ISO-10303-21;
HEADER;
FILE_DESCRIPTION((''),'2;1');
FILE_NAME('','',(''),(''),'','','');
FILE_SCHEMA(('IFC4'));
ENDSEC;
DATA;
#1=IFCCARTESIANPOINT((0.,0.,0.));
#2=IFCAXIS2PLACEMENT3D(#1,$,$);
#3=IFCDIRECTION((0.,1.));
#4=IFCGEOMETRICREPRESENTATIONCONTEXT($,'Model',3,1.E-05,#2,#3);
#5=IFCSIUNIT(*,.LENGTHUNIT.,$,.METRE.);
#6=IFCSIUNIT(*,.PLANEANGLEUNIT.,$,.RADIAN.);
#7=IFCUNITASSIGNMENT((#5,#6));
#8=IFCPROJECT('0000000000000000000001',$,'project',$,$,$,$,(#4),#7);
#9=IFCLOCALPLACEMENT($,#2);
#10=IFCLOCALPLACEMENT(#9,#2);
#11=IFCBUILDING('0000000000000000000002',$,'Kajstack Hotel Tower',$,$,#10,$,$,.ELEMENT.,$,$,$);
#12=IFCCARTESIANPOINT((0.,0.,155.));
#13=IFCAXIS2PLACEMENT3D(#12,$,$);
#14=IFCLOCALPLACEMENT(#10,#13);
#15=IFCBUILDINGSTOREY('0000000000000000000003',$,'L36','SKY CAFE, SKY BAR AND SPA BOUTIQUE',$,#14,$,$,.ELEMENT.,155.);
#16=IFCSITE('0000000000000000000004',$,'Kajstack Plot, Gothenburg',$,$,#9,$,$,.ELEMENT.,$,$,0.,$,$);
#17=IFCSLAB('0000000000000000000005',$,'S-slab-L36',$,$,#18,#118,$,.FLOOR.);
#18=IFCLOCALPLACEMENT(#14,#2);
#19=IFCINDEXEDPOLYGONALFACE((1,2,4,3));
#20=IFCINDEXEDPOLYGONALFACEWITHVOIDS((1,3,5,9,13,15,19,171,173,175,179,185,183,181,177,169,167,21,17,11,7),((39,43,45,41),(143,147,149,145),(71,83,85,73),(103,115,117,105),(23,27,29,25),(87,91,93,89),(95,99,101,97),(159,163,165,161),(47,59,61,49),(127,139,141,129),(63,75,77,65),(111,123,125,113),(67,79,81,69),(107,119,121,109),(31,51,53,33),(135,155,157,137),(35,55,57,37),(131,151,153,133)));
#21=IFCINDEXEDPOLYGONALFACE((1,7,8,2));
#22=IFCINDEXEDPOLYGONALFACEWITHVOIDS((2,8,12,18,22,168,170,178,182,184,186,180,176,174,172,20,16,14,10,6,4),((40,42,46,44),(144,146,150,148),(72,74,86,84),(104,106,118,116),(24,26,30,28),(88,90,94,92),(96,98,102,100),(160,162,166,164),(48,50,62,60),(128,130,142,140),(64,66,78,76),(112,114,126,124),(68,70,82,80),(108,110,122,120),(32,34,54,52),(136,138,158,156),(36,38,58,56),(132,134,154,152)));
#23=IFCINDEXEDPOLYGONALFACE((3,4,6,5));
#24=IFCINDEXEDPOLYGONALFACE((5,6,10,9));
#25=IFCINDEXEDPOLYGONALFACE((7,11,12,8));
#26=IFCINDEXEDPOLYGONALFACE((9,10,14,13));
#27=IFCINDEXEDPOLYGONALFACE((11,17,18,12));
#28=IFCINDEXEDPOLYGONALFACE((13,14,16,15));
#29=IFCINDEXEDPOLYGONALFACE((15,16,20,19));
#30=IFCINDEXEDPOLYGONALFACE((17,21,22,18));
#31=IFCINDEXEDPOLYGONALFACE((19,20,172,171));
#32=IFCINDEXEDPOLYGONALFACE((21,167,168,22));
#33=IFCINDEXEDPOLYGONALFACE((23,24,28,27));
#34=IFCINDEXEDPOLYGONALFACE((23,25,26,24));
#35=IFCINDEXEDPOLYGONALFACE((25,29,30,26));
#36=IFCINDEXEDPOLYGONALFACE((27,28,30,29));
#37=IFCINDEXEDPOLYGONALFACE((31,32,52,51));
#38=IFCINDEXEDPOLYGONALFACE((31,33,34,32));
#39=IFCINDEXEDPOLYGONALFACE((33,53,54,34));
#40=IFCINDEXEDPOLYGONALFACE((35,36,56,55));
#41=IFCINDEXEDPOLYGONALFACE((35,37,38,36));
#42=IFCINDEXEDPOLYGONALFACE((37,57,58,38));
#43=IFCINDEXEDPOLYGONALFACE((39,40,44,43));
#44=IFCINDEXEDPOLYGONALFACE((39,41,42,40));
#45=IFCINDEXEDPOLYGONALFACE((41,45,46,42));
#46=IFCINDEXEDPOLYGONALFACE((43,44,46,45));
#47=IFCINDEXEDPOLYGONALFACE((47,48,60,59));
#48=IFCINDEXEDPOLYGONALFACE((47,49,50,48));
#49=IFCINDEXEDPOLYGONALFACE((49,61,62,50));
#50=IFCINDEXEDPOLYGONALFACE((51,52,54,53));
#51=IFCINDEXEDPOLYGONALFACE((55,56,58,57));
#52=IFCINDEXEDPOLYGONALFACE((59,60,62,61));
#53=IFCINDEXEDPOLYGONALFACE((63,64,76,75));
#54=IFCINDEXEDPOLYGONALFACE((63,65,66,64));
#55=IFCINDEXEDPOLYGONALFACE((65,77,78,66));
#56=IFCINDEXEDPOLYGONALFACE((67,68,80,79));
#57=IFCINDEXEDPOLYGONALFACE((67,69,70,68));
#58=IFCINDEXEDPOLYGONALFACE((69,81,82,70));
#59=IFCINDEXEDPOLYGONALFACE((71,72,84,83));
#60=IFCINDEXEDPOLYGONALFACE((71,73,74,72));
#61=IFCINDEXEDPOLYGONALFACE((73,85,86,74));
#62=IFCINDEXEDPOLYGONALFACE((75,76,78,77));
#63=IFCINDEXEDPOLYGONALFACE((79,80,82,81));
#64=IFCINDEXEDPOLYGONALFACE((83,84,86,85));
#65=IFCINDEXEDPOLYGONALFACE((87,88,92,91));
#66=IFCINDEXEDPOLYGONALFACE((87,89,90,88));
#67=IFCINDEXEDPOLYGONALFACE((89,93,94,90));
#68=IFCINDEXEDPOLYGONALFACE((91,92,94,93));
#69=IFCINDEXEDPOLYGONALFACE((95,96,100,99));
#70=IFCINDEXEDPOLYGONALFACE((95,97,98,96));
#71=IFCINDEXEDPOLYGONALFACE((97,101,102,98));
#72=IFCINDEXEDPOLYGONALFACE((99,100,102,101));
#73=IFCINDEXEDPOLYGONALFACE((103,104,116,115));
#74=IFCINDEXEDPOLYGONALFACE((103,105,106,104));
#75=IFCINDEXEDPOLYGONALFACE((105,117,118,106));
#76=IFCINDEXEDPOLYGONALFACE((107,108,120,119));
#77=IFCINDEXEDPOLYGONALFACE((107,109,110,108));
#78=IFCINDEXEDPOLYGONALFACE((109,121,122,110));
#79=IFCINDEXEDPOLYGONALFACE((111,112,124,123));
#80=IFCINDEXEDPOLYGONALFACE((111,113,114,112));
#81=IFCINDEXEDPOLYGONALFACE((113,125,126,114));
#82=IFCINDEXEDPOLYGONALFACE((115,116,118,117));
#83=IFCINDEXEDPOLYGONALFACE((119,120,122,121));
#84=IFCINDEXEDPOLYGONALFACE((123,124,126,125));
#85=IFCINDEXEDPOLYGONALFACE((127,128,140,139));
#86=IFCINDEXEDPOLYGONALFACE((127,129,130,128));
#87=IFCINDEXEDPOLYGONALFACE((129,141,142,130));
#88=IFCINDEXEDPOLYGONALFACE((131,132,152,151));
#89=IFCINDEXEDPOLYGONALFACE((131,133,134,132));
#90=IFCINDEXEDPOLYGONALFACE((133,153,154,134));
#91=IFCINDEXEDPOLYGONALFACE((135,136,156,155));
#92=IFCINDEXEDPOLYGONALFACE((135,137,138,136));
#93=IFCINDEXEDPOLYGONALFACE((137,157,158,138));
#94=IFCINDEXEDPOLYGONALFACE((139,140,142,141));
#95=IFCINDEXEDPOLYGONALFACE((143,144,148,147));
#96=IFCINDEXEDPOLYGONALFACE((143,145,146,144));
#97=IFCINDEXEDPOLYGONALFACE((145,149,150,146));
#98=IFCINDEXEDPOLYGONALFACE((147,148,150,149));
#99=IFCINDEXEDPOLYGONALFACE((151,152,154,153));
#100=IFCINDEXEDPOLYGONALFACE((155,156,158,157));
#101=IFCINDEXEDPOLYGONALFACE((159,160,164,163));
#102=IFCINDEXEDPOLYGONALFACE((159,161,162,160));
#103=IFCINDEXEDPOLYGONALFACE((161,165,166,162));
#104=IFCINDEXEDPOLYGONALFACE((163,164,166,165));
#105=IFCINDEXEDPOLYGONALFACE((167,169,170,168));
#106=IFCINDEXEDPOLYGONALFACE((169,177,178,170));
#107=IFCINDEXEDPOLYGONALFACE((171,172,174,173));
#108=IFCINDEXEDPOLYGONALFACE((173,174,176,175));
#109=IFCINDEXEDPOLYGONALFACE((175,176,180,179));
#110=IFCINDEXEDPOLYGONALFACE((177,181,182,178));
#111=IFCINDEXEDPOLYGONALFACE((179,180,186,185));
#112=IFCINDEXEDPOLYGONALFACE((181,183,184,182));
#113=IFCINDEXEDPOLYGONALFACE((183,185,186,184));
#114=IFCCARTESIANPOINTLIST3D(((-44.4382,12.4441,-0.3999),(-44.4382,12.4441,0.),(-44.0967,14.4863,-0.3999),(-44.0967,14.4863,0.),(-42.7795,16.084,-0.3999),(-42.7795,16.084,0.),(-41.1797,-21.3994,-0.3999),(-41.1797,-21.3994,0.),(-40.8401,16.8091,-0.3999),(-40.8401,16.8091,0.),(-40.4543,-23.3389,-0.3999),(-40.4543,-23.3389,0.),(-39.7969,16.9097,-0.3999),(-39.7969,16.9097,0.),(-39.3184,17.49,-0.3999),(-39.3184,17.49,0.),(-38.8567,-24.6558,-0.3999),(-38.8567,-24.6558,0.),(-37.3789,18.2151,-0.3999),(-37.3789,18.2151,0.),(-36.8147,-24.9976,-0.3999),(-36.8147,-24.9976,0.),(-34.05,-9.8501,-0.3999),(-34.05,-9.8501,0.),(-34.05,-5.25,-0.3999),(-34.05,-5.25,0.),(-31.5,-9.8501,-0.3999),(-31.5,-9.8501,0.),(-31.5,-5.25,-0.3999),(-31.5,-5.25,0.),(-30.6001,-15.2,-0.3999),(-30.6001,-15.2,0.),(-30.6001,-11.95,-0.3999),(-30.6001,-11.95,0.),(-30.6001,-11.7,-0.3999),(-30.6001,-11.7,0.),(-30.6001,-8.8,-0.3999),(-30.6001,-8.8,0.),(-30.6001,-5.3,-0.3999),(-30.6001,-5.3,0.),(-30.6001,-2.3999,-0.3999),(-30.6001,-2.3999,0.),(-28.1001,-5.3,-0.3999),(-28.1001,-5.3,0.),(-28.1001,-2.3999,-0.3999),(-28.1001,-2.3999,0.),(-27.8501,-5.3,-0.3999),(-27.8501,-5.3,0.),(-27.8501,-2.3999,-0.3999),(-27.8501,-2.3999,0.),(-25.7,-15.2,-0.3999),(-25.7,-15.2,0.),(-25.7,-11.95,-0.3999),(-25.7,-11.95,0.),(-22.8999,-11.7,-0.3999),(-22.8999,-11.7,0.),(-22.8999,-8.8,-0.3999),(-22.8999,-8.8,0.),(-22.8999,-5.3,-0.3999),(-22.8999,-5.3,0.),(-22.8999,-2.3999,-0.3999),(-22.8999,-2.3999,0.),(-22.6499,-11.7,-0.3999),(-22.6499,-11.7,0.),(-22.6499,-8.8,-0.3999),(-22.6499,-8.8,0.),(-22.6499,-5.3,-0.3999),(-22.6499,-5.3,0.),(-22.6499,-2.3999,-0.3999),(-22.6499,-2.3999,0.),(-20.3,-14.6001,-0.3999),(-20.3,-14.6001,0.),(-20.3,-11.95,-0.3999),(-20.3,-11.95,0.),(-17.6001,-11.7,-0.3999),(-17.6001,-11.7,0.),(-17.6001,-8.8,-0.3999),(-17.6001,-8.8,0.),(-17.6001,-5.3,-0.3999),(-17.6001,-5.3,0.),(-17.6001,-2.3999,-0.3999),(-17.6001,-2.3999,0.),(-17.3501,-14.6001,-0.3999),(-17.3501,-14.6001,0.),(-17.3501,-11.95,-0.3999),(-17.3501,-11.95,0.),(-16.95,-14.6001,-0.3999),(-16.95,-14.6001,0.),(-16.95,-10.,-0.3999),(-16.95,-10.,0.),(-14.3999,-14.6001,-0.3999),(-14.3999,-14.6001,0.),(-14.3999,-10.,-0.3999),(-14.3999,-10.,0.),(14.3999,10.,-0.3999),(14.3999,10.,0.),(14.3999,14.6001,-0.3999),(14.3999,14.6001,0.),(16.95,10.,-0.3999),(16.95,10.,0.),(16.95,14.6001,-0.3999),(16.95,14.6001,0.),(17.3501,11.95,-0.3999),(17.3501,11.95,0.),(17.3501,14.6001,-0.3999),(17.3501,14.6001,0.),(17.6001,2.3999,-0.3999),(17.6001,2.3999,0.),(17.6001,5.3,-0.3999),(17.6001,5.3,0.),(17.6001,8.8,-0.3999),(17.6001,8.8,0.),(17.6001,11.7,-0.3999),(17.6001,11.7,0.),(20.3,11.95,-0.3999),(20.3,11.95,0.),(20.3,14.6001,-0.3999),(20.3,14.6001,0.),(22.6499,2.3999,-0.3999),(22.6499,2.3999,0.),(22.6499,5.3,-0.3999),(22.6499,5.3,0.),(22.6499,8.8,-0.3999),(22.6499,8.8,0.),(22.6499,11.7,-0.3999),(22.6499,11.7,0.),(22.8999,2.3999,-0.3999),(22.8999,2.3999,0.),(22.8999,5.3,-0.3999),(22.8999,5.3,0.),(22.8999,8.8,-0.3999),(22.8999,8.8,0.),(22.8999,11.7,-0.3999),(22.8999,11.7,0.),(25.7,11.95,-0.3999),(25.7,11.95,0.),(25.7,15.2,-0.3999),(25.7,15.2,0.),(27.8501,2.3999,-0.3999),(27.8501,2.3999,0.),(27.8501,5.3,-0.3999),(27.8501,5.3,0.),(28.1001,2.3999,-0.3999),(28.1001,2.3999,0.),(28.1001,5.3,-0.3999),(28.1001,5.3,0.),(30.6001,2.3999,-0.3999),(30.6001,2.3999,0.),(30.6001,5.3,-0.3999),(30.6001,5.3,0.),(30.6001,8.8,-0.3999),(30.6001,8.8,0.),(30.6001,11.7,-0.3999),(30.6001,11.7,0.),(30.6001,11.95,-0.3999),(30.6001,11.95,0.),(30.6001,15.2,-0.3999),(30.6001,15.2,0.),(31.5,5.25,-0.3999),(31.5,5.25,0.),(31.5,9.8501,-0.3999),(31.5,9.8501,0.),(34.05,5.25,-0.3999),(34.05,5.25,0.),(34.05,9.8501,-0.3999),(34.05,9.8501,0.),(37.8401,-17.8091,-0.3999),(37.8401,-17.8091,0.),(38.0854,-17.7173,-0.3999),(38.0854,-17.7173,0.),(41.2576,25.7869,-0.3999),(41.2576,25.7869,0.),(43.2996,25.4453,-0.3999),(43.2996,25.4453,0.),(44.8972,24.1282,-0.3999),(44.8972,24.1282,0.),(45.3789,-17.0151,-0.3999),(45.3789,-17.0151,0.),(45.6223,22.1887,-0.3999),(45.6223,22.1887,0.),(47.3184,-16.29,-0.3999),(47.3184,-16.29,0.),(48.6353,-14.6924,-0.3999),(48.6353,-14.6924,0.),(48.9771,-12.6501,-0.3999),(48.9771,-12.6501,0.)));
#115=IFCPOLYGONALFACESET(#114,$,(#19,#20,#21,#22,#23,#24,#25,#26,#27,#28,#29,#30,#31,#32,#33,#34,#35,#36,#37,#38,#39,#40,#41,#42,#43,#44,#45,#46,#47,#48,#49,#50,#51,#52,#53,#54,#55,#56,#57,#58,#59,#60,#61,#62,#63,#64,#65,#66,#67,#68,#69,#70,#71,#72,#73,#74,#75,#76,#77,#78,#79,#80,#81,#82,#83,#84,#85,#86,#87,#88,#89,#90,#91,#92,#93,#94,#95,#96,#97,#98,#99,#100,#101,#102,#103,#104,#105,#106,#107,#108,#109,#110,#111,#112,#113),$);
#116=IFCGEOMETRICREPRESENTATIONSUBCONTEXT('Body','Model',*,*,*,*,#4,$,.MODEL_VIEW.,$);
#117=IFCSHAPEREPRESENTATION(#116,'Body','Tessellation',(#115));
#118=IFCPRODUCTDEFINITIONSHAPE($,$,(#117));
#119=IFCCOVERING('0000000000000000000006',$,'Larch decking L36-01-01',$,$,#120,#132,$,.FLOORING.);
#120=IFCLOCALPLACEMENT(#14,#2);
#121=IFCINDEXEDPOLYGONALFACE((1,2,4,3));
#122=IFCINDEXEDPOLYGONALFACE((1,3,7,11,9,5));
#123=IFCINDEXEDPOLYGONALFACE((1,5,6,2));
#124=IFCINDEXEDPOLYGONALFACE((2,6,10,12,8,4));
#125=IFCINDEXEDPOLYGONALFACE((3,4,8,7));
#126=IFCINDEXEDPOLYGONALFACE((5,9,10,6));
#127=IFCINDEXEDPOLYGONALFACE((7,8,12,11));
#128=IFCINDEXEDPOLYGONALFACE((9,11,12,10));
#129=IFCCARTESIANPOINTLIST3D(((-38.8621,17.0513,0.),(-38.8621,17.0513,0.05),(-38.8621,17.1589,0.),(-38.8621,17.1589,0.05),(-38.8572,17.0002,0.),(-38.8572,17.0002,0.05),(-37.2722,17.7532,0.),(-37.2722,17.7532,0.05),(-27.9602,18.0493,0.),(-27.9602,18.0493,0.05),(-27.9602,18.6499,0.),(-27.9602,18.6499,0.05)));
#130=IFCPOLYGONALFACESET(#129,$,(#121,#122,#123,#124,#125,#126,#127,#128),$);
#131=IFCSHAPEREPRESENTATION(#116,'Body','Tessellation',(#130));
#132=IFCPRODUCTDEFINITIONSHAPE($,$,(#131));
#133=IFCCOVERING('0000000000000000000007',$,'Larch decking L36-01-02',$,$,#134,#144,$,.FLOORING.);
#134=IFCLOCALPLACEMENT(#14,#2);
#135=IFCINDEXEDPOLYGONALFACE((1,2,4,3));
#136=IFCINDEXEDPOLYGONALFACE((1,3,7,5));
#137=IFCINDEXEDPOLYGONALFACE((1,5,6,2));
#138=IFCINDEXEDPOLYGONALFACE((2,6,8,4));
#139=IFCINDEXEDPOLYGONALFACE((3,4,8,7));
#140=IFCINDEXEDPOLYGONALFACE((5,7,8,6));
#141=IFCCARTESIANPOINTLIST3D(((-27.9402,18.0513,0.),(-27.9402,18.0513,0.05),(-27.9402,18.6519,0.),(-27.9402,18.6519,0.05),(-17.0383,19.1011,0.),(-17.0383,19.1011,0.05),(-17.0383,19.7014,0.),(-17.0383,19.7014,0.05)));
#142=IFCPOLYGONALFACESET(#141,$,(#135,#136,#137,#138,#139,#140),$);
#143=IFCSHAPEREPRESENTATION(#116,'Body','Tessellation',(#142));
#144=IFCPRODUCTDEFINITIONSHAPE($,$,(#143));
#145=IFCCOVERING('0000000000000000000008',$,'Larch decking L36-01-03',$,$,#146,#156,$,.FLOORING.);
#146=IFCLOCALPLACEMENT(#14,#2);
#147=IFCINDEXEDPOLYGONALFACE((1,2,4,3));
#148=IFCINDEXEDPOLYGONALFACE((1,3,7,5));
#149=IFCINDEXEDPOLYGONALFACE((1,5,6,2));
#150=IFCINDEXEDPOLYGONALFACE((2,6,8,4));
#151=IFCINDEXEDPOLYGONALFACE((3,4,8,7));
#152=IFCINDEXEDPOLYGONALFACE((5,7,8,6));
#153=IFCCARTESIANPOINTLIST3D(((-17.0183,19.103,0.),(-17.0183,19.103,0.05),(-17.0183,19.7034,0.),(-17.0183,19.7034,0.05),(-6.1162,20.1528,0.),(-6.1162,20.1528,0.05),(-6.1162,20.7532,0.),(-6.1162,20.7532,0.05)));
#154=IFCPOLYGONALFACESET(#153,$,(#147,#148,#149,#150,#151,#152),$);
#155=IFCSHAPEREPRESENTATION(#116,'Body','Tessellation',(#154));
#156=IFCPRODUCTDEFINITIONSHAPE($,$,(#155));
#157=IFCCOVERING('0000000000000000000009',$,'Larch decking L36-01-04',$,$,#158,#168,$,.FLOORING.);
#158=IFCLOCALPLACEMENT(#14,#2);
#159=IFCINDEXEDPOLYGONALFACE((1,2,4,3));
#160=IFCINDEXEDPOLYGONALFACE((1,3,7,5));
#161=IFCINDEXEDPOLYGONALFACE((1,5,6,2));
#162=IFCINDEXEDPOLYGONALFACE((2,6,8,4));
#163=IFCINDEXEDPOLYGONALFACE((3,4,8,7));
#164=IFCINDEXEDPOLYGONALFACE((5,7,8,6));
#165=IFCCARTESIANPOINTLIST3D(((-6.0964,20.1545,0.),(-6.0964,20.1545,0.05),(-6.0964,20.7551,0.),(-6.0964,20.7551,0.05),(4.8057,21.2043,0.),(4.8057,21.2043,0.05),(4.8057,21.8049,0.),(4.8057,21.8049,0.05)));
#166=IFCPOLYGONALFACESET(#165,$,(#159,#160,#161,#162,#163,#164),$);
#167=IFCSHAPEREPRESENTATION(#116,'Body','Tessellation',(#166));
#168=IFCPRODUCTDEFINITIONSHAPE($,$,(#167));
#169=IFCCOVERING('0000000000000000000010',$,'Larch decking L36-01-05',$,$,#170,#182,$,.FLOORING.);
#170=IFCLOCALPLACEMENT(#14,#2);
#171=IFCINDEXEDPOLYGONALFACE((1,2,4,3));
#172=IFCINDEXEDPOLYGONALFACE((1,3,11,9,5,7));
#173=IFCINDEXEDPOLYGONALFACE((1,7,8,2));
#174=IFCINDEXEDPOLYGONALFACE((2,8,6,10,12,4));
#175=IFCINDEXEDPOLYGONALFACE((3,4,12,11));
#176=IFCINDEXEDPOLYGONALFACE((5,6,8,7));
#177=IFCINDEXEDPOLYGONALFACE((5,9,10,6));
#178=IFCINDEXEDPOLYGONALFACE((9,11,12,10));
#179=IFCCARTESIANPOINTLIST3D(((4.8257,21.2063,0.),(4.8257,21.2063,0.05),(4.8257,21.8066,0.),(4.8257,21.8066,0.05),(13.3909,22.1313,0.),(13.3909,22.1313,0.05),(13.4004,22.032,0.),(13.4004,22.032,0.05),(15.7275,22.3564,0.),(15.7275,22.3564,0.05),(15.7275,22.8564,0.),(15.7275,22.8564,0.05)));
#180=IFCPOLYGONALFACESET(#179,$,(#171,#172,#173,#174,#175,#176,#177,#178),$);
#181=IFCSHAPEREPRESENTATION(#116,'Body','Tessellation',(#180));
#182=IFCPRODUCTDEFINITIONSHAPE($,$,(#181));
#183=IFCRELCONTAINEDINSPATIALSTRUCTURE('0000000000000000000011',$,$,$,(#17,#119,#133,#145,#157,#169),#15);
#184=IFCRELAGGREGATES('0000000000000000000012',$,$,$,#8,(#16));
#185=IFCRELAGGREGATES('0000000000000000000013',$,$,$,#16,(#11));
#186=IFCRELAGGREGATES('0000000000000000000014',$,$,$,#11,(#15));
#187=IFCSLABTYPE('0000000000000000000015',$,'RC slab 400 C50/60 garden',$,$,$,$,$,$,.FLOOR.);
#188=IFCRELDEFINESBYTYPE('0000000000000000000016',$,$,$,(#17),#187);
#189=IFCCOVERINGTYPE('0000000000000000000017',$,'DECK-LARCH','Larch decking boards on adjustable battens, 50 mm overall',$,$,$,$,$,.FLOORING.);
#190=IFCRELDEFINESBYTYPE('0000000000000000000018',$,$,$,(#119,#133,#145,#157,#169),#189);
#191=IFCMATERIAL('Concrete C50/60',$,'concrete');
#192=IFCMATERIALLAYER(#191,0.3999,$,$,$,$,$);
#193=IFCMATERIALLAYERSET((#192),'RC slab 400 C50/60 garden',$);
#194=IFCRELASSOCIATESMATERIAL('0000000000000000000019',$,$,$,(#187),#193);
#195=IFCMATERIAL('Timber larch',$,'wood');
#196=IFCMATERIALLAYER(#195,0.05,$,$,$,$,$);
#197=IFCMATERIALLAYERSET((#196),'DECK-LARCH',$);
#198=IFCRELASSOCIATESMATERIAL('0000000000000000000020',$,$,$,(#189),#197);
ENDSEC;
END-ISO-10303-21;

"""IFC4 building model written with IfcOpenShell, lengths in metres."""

from ifc_helpers import new_model, si_unit, direction, frame, origin, place, context, subcontext, project, spatial, polyline, outline, extrude, material, layer, layer_set, type_object, element, save


model = new_model("IFC4")

# Units and contexts
model_context = context("Model", 3, precision=1e-05, world=origin(), true_north=direction((0.0, 1.0)))
body_context = subcontext(model_context, "Body", "Model", "MODEL_VIEW")
ifc_project = project(units=[si_unit("LENGTHUNIT", "METRE"), si_unit("PLANEANGLEUNIT", "RADIAN")], contexts=[model_context])

# Site, building, storey
site_placement = place(None, origin())
site = spatial("IfcSite", under=ifc_project, at=site_placement, Name="Kajstack Plot, Gothenburg", CompositionType="ELEMENT", RefElevation=0.0)
building_placement = place(site_placement, origin())
building = spatial("IfcBuilding", under=site, at=building_placement, Name="Kajstack Hotel Tower", CompositionType="ELEMENT")
storey_placement = place(building_placement, frame((0.0, 0.0, 155.0)))
storey = spatial("IfcBuildingStorey", under=building, at=storey_placement, Name="L36", Description="SKY CAFE, SKY BAR AND SPA BOUTIQUE", CompositionType="ELEMENT", Elevation=155.0)

# Shared definitions
ifc_material_1 = material(Name="Concrete C50/60", Category="concrete")

# Slab
ifc_layer_1 = layer(ifc_material_1, 0.3999)
ifc_layer_set_1 = layer_set([ifc_layer_1], Name="RC slab 400 C50/60 garden")
slab_type = type_object("IfcSlabType", Name="RC slab 400 C50/60 garden", PredefinedType="FLOOR", material=ifc_layer_set_1)
slab_placement = place(storey_placement, frame((0.0, 0.0, -0.3999)))
element("IfcSlab", 1, at=slab_placement, inside=storey, type_object=slab_type, Name="S-slab-L36", PredefinedType="FLOOR", context=body_context, shape_type="SweptSolid", body=[
    extrude(outline(polyline([(37.8401, -17.8091), (-36.8147, -24.9976), (-38.8567, -24.6558), (-40.4543, -23.3389), (-41.1797, -21.3994), (-44.4382, 12.4441), (-44.0967, 14.4863), (-42.7795, 16.084), (-40.8401, 16.8091), (-39.7969, 16.9097), (-39.3184, 17.49), (-37.3789, 18.2151), (41.2576, 25.7869), (43.2996, 25.4453), (44.8972, 24.1282), (45.6223, 22.1887), (48.9771, -12.6501), (48.6353, -14.6924), (47.3184, -16.29), (45.3789, -17.0151), (38.0854, -17.7173), (37.8401, -17.8091)]), holes=[polyline([(-30.6001, -11.7), (-30.6001, -8.8), (-22.8999, -8.8), (-22.8999, -11.7), (-30.6001, -11.7)]), polyline([(-22.6499, -11.7), (-22.6499, -8.8), (-17.6001, -8.8), (-17.6001, -11.7), (-22.6499, -11.7)]), polyline([(-27.8501, -5.3), (-27.8501, -2.3999), (-22.8999, -2.3999), (-22.8999, -5.3), (-27.8501, -5.3)]), polyline([(-22.6499, -5.3), (-22.6499, -2.3999), (-17.6001, -2.3999), (-17.6001, -5.3), (-22.6499, -5.3)]), polyline([(-20.3, -14.6001), (-17.3501, -14.6001), (-17.3501, -11.95), (-20.3, -11.95), (-20.3, -14.6001)]), polyline([(-30.6001, -5.3), (-28.1001, -5.3), (-28.1001, -2.3999), (-30.6001, -2.3999), (-30.6001, -5.3)]), polyline([(22.8999, 8.8), (22.8999, 11.7), (30.6001, 11.7), (30.6001, 8.8), (22.8999, 8.8)]), polyline([(17.6001, 8.8), (17.6001, 11.7), (22.6499, 11.7), (22.6499, 8.8), (17.6001, 8.8)]), polyline([(22.8999, 2.3999), (22.8999, 5.3), (27.8501, 5.3), (27.8501, 2.3999), (22.8999, 2.3999)]), polyline([(17.6001, 2.3999), (17.6001, 5.3), (22.6499, 5.3), (22.6499, 2.3999), (17.6001, 2.3999)]), polyline([(20.3, 14.6001), (17.3501, 14.6001), (17.3501, 11.95), (20.3, 11.95), (20.3, 14.6001)]), polyline([(30.6001, 5.3), (28.1001, 5.3), (28.1001, 2.3999), (30.6001, 2.3999), (30.6001, 5.3)]), polyline([(-34.05, -9.8501), (-31.5, -9.8501), (-31.5, -5.25), (-34.05, -5.25), (-34.05, -9.8501)]), polyline([(-16.95, -14.6001), (-14.3999, -14.6001), (-14.3999, -10.0), (-16.95, -10.0), (-16.95, -14.6001)]), polyline([(-30.6001, -15.2), (-25.7, -15.2), (-25.7, -11.95), (-30.6001, -11.95), (-30.6001, -15.2)]), polyline([(34.05, 9.8501), (31.5, 9.8501), (31.5, 5.25), (34.05, 5.25), (34.05, 9.8501)]), polyline([(16.95, 14.6001), (14.3999, 14.6001), (14.3999, 10.0), (16.95, 10.0), (16.95, 14.6001)]), polyline([(30.6001, 15.2), (25.7, 15.2), (25.7, 11.95), (30.6001, 11.95), (30.6001, 15.2)])]), origin(), (0.0, 0.0, 1.0), 0.3999),
])

# Coverings
ifc_material_2 = material(Name="Timber larch", Category="wood")
ifc_layer_2 = layer(ifc_material_2, 0.05)
ifc_layer_set_2 = layer_set([ifc_layer_2], Name="DECK-LARCH")
covering_type = type_object("IfcCoveringType", Name="DECK-LARCH", Description="Larch decking boards on adjustable battens, 50 mm overall", PredefinedType="FLOORING", material=ifc_layer_set_2)
covering_1_placement = place(storey_placement, origin())
element("IfcCovering", 2, at=covering_1_placement, inside=storey, type_object=covering_type, Name="Larch decking L36-01-01", PredefinedType="FLOORING", context=body_context, shape_type="SweptSolid", body=[
    extrude(outline(polyline([(-27.9602, 18.0493), (-27.9602, 18.6499), (-37.2722, 17.7532), (-38.8621, 17.1589), (-38.8621, 17.0513), (-38.8572, 17.0002), (-27.9602, 18.0493)])), origin(), (0.0, 0.0, 1.0), 0.05),
])
covering_2_placement = place(storey_placement, origin())
element("IfcCovering", 3, at=covering_2_placement, inside=storey, type_object=covering_type, Name="Larch decking L36-01-02", PredefinedType="FLOORING", context=body_context, shape_type="SweptSolid", body=[
    extrude(outline(polyline([(-17.0383, 19.1011), (-17.0383, 19.7014), (-27.9402, 18.6519), (-27.9402, 18.0513), (-17.0383, 19.1011)])), origin(), (0.0, 0.0, 1.0), 0.05),
])
covering_3_placement = place(storey_placement, origin())
element("IfcCovering", 4, at=covering_3_placement, inside=storey, type_object=covering_type, Name="Larch decking L36-01-03", PredefinedType="FLOORING", context=body_context, shape_type="SweptSolid", body=[
    extrude(outline(polyline([(-6.1162, 20.1528), (-6.1162, 20.7532), (-17.0183, 19.7034), (-17.0183, 19.103), (-6.1162, 20.1528)])), origin(), (0.0, 0.0, 1.0), 0.05),
])
covering_4_placement = place(storey_placement, origin())
element("IfcCovering", 5, at=covering_4_placement, inside=storey, type_object=covering_type, Name="Larch decking L36-01-04", PredefinedType="FLOORING", context=body_context, shape_type="SweptSolid", body=[
    extrude(outline(polyline([(4.8057, 21.2043), (4.8057, 21.8049), (-6.0964, 20.7551), (-6.0964, 20.1545), (4.8057, 21.2043)])), origin(), (0.0, 0.0, 1.0), 0.05),
])
covering_5_placement = place(storey_placement, origin())
element("IfcCovering", 6, at=covering_5_placement, inside=storey, type_object=covering_type, Name="Larch decking L36-01-05", PredefinedType="FLOORING", context=body_context, shape_type="SweptSolid", body=[
    extrude(outline(polyline([(15.7275, 22.3564), (15.7275, 22.8564), (4.8257, 21.8066), (4.8257, 21.2063), (13.4004, 22.032), (13.3909, 22.1313), (15.7275, 22.3564)])), origin(), (0.0, 0.0, 1.0), 0.05),
])

save(model, "model.ifc")
